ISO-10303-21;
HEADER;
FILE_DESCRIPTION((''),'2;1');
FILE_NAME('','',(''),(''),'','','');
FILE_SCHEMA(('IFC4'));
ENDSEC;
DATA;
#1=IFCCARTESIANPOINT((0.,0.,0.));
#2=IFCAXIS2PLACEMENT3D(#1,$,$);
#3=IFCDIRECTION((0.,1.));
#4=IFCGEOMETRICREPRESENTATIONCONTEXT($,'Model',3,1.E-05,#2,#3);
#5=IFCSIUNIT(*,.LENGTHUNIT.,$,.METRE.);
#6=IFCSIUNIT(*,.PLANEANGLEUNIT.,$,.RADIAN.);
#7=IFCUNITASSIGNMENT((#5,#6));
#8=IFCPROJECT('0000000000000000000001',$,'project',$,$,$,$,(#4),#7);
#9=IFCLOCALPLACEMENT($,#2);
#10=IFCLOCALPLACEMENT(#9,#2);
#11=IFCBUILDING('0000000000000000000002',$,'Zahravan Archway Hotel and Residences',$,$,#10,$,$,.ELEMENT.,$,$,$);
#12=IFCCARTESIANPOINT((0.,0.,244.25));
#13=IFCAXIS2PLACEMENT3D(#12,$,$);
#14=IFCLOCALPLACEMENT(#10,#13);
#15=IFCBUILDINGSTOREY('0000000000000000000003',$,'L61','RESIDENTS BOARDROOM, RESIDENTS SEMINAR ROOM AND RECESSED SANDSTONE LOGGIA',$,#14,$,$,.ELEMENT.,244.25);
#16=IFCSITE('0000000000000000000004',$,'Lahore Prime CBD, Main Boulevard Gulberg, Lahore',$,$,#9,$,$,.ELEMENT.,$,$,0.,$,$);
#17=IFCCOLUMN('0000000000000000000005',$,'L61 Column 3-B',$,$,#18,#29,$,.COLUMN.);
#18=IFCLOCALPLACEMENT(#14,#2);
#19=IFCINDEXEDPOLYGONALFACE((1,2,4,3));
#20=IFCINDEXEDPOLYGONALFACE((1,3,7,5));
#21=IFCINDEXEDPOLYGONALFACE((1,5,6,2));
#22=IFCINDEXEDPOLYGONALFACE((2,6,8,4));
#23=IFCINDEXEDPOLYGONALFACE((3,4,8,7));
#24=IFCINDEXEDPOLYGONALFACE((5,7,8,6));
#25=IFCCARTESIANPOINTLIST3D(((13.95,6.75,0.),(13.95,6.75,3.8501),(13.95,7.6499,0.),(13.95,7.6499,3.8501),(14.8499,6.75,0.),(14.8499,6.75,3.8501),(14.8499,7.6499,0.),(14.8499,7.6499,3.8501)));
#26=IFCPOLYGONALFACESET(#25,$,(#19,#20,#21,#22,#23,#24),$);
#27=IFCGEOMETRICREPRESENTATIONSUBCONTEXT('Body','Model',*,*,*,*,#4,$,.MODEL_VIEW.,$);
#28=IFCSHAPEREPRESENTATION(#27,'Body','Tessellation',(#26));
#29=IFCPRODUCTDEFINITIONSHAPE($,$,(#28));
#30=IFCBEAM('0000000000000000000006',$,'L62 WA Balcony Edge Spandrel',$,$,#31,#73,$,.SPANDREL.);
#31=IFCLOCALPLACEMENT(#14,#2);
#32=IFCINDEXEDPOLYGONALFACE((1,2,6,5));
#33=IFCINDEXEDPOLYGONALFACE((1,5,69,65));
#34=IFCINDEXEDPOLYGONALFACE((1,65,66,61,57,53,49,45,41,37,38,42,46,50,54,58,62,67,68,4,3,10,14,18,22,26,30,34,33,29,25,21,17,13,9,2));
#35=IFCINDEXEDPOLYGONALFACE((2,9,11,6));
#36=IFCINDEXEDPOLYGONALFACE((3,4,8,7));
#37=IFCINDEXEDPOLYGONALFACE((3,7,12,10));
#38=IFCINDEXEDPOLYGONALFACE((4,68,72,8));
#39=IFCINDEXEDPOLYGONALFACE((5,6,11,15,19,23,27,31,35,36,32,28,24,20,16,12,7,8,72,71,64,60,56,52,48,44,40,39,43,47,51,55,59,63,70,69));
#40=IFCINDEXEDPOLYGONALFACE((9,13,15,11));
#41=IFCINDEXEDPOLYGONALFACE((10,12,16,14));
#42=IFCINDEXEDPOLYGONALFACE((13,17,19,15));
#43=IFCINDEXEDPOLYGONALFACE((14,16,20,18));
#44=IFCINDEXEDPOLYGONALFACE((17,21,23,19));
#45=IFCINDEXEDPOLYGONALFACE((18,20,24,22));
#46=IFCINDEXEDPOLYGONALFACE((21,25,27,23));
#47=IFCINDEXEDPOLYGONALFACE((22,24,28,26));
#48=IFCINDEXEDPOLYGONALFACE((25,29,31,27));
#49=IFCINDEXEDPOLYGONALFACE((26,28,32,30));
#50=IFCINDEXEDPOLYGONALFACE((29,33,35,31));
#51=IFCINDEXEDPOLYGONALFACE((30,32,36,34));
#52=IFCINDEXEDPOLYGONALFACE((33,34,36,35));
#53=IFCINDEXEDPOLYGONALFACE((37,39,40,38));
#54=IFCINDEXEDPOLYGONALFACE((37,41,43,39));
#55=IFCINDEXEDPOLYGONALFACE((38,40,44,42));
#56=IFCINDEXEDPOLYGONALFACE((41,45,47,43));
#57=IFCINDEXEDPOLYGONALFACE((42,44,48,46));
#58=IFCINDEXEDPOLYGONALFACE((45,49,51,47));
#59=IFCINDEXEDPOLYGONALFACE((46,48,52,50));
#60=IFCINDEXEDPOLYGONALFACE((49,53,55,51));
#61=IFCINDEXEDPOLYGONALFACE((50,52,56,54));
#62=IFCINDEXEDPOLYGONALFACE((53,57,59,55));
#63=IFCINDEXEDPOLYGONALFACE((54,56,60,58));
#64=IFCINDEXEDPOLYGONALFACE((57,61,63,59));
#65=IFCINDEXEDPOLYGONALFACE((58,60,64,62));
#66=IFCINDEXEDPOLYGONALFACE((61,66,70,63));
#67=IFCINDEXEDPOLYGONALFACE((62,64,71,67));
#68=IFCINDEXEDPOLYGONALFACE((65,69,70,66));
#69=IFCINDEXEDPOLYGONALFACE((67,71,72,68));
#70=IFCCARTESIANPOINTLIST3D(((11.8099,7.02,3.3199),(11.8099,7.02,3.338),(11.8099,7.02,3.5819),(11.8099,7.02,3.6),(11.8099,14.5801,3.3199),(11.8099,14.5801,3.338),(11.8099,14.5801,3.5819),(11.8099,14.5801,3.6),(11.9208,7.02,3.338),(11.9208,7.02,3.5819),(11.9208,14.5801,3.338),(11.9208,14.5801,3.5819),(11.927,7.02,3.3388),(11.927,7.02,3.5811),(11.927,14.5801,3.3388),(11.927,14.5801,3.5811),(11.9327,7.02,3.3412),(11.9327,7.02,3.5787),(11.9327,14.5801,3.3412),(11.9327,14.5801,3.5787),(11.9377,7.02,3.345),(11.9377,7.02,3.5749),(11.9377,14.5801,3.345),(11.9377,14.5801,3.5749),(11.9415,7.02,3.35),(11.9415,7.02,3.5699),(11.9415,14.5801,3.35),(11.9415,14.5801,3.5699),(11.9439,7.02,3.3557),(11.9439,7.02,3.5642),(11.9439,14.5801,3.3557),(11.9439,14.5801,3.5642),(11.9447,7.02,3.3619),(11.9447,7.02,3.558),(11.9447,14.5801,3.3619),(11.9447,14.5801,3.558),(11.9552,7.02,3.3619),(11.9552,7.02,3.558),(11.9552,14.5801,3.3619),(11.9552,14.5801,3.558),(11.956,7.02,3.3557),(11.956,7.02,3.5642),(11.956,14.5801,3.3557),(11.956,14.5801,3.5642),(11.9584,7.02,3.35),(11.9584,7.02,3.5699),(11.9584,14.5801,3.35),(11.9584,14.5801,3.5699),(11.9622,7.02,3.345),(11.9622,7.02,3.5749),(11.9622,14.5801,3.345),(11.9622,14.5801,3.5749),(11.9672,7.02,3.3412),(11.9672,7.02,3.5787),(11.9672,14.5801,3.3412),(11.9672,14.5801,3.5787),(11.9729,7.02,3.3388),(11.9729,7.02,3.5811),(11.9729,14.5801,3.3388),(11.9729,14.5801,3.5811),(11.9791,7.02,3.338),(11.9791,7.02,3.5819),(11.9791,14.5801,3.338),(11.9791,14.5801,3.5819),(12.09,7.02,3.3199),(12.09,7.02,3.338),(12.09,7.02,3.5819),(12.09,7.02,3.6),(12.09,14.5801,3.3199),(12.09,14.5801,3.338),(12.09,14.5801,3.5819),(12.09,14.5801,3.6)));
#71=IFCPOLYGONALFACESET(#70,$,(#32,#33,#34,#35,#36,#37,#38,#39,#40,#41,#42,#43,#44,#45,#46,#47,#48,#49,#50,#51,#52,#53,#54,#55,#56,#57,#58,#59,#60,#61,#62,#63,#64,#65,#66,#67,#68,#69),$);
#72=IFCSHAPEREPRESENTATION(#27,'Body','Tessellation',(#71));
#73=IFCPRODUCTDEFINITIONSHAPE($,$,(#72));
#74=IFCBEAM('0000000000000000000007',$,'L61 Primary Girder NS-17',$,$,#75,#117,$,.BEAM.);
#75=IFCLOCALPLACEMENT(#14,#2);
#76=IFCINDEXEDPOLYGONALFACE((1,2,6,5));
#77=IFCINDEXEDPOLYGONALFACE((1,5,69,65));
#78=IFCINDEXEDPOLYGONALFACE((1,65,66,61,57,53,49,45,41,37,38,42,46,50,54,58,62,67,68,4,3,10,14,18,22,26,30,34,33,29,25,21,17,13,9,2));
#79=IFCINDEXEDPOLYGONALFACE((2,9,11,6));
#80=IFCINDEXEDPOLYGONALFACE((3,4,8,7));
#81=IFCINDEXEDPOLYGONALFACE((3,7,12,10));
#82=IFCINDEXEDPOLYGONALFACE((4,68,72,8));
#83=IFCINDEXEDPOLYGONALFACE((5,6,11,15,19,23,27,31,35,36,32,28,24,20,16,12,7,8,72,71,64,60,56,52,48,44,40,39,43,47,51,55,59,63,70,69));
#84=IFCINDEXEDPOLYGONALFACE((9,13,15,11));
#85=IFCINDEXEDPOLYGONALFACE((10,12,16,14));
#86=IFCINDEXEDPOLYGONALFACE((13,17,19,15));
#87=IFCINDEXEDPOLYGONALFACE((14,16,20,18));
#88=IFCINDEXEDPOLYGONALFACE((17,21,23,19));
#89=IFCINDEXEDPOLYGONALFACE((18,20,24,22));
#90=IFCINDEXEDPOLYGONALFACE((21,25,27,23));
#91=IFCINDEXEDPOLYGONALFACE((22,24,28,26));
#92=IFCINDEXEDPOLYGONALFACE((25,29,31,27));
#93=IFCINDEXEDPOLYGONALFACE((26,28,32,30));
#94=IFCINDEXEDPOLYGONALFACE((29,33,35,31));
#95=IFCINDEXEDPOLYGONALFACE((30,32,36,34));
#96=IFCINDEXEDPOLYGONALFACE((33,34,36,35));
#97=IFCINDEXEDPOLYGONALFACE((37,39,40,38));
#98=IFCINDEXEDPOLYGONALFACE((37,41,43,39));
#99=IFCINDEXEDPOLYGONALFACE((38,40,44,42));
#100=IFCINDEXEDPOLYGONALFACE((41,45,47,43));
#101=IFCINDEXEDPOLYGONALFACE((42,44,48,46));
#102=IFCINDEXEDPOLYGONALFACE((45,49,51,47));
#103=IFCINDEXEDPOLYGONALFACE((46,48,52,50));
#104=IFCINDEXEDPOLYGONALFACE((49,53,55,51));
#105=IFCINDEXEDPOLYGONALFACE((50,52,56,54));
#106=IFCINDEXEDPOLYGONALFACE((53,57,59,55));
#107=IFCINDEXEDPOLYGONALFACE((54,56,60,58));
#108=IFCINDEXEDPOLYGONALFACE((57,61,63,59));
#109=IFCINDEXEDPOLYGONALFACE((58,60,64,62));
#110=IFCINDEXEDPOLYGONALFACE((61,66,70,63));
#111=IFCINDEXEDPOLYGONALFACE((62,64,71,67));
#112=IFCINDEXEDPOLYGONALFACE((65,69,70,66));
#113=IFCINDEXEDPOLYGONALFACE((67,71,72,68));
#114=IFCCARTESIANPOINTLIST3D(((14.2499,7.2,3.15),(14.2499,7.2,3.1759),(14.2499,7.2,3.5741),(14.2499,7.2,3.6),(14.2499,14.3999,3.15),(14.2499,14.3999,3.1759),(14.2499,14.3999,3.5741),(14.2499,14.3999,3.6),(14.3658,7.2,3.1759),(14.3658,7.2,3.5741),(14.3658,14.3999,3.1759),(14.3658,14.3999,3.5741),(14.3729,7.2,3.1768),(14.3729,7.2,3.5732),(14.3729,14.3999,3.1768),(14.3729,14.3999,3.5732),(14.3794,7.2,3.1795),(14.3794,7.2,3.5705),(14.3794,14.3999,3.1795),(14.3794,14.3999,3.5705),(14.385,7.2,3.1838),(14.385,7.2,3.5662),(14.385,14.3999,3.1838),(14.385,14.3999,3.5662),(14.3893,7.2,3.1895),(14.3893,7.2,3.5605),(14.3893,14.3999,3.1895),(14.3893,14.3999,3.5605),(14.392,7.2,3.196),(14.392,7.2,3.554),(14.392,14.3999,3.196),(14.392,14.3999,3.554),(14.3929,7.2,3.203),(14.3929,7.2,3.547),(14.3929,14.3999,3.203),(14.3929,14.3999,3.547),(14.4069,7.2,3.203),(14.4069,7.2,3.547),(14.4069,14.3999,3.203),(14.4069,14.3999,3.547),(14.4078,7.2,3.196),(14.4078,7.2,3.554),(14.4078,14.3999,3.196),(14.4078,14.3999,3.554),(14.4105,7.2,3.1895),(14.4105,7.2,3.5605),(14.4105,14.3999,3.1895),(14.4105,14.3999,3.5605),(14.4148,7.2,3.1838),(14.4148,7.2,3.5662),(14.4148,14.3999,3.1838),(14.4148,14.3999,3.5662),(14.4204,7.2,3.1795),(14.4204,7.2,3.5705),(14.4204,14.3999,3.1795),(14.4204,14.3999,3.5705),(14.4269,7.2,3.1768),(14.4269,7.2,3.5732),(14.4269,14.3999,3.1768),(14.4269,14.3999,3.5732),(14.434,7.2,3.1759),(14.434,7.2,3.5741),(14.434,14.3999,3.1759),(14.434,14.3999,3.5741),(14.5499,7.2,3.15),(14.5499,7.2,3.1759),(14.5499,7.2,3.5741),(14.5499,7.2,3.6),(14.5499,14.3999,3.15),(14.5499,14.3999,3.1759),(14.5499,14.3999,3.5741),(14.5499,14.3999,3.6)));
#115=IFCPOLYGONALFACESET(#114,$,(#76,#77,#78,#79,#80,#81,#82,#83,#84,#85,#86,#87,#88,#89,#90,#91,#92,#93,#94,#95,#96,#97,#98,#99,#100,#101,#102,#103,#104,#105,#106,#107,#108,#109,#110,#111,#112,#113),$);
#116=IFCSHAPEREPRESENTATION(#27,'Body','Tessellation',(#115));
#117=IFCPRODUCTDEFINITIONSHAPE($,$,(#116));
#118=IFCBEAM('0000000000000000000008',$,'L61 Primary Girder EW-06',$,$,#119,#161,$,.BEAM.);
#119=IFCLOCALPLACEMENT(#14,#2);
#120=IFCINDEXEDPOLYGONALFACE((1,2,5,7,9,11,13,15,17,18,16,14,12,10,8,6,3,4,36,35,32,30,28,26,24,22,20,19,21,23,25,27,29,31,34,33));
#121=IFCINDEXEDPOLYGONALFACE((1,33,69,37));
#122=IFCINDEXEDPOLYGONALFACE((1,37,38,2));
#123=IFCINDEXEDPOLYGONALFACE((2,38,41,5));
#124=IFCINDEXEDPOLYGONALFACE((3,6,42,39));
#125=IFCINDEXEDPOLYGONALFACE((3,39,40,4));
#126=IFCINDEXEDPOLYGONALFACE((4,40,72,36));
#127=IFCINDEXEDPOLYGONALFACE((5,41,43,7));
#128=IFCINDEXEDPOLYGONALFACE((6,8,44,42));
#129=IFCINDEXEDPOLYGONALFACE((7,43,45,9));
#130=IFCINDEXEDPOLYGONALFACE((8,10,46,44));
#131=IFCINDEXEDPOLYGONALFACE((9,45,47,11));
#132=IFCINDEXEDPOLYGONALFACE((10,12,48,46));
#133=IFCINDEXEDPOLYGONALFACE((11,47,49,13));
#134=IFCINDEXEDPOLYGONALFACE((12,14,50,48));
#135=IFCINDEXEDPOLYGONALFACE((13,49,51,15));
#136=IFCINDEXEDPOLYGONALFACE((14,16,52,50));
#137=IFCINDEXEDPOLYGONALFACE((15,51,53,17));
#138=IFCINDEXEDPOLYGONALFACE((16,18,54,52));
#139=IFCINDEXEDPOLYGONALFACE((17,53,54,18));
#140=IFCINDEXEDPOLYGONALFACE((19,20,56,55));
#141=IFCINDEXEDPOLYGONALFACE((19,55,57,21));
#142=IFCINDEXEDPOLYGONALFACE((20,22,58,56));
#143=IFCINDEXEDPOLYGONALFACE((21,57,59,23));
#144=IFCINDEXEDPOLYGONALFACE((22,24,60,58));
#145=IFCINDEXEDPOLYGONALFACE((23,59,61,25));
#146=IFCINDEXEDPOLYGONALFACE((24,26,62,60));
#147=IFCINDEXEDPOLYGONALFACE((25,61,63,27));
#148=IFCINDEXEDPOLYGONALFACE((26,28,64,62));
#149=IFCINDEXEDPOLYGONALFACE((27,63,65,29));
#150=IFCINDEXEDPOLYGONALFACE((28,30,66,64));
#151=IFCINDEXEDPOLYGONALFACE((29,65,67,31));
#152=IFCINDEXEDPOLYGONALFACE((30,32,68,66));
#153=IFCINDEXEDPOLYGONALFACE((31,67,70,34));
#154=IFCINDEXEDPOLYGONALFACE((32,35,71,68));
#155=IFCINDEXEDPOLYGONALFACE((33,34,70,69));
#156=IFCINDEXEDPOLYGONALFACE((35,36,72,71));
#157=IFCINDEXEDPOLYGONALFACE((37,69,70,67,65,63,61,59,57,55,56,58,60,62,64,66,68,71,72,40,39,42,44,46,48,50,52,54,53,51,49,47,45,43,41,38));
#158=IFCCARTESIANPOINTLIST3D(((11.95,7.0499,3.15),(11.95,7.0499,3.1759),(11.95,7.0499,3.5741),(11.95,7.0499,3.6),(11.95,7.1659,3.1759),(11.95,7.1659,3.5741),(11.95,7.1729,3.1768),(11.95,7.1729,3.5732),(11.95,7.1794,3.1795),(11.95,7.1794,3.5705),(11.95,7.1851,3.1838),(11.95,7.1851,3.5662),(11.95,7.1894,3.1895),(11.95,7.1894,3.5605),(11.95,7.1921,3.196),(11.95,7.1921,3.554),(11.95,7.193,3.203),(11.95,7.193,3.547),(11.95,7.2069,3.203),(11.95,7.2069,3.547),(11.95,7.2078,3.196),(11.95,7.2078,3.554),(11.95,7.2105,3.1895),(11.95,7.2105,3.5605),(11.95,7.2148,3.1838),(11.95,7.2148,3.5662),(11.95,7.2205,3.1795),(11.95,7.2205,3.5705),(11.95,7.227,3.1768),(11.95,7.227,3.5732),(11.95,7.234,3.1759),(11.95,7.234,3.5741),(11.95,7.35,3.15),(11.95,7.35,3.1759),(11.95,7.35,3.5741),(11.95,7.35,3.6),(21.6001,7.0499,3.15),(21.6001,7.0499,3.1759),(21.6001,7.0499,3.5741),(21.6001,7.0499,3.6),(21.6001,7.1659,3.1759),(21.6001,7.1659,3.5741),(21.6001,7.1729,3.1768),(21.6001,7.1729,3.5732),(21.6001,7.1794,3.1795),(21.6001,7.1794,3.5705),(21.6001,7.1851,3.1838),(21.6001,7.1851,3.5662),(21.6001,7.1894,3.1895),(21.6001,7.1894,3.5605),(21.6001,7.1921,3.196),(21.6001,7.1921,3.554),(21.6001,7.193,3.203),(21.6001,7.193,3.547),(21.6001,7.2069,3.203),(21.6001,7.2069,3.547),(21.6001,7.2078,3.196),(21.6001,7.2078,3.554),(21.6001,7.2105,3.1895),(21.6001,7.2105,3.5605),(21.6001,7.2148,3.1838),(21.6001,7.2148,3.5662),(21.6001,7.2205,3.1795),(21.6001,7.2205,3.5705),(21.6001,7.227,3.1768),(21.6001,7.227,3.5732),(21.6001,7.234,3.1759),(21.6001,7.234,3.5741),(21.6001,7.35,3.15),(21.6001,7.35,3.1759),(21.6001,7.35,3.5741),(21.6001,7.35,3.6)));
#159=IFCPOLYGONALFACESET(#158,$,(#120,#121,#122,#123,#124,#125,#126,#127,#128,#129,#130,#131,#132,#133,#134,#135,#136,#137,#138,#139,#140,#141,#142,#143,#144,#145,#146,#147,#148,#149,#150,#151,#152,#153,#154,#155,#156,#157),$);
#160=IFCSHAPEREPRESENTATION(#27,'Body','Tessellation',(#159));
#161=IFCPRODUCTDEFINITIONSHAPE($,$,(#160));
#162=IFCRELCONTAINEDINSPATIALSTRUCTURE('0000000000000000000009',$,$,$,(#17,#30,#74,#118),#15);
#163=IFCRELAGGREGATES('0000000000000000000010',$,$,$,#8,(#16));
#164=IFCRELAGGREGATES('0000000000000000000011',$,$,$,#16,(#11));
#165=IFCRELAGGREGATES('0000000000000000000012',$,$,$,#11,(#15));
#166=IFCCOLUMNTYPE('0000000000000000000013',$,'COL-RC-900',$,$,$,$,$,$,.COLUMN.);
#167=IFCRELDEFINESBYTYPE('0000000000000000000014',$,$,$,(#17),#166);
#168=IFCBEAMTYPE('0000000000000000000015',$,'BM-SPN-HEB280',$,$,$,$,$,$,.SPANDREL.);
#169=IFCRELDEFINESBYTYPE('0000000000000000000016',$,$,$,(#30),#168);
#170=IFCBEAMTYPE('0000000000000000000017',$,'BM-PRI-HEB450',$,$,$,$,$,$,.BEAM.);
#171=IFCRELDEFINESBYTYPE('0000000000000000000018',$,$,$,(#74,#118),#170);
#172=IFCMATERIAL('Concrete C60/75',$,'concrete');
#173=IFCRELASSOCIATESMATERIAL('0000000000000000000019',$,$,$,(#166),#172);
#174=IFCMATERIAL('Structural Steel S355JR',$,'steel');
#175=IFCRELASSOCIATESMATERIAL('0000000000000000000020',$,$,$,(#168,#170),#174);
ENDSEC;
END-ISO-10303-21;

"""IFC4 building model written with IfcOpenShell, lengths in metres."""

from ifc_helpers import new_model, si_unit, direction, frame, origin, origin_2d, place, context, subcontext, project, spatial, rectangle, i_section, extrude, source, transform, mapped, material, material_profile, profile_set, type_object, type_shapes, element, save


model = new_model("IFC4")

# Units and contexts
model_context = context("Model", 3, precision=1e-05, world=origin(), true_north=direction((0.0, 1.0)))
body_context = subcontext(model_context, "Body", "Model", "MODEL_VIEW")
ifc_project = project(units=[si_unit("LENGTHUNIT", "METRE"), si_unit("PLANEANGLEUNIT", "RADIAN")], contexts=[model_context])

# Site, building, storey
site_placement = place(None, origin())
site = spatial("IfcSite", under=ifc_project, at=site_placement, Name="Lahore Prime CBD, Main Boulevard Gulberg, Lahore", CompositionType="ELEMENT", RefElevation=0.0)
building_placement = place(site_placement, origin())
building = spatial("IfcBuilding", under=site, at=building_placement, Name="Zahravan Archway Hotel and Residences", CompositionType="ELEMENT")
storey_placement = place(building_placement, frame((0.0, 0.0, 244.25)))
storey = spatial("IfcBuildingStorey", under=building, at=storey_placement, Name="L61", Description="RESIDENTS BOARDROOM, RESIDENTS SEMINAR ROOM AND RECESSED SANDSTONE LOGGIA", CompositionType="ELEMENT", Elevation=244.25)

# Column
ifc_material_1 = material(Name="Concrete C60/75", Category="concrete")
ifc_material_profile_1 = material_profile(ifc_material_1, rectangle(XDim=0.8999, YDim=0.8999, at=origin_2d()), Name="RC-COL-900x900", Category="concrete")
ifc_profile_set_1 = profile_set([ifc_material_profile_1], Name="Concrete C60/75")
column_type = type_object("IfcColumnType", Name="COL-RC-900", PredefinedType="COLUMN", material=ifc_profile_set_1)
shared_shape_1 = source(origin(), body_context, "Body", "SweptSolid", [
    extrude(rectangle(XDim=0.8999, YDim=0.8999, at=origin_2d()), origin(), (0.0, 0.0, 1.0), 3.8501),
])
type_shapes(column_type, [shared_shape_1])
column_placement = place(storey_placement, frame((14.3999, 7.2, 0.0), z_axis=(0.0, 0.0, 1.0), x_axis=(1.0, 0.0, 0.0)))
element("IfcColumn", 1, at=column_placement, inside=storey, type_object=column_type, Name="L61 Column 3-B", PredefinedType="COLUMN", context=body_context, shape_type="MappedRepresentation", body=[
    mapped(shared_shape_1, transform((0.0, 0.0, 0.0), scale=1.0)),
])

# Beams
ifc_material_2 = material(Name="Structural Steel S355JR", Category="steel")
ifc_material_profile_2 = material_profile(ifc_material_2, i_section(OverallWidth=0.28, OverallDepth=0.28, WebThickness=0.0105, FlangeThickness=0.0181, FilletRadius=0.0239, at=origin_2d()), Name="HEB 280", Category="steel")
ifc_profile_set_2 = profile_set([ifc_material_profile_2], Name="Structural Steel S355JR")
beam_type_1 = type_object("IfcBeamType", Name="BM-SPN-HEB280", PredefinedType="SPANDREL", material=ifc_profile_set_2)
shared_shape_2 = source(origin(), body_context, "Body", "SweptSolid", [
    extrude(i_section(OverallWidth=0.28, OverallDepth=0.28, WebThickness=0.0105, FlangeThickness=0.0181, FilletRadius=0.0239, at=origin_2d()), origin(), (0.0, 0.0, 1.0), 7.5601),
])
type_shapes(beam_type_1, [shared_shape_2])
beam_1_placement = place(storey_placement, frame((11.95, 7.02, 3.46), z_axis=(0.0, 1.0, 0.0), x_axis=(-1.0, 0.0, 0.0)))
element("IfcBeam", 2, at=beam_1_placement, inside=storey, type_object=beam_type_1, Name="L62 WA Balcony Edge Spandrel", PredefinedType="SPANDREL", context=body_context, shape_type="MappedRepresentation", body=[
    mapped(shared_shape_2, transform((0.0, 0.0, 0.0), scale=1.0)),
])
ifc_material_profile_3 = material_profile(ifc_material_2, i_section(OverallWidth=0.3, OverallDepth=0.45, WebThickness=0.0139, FlangeThickness=0.0259, FilletRadius=0.0271, at=origin_2d()), Name="HEB 450", Category="steel")
ifc_profile_set_3 = profile_set([ifc_material_profile_3], Name="Structural Steel S355JR")
beam_type_2 = type_object("IfcBeamType", Name="BM-PRI-HEB450", PredefinedType="BEAM", material=ifc_profile_set_3)
shared_shape_3 = source(origin(), body_context, "Body", "SweptSolid", [
    extrude(i_section(OverallWidth=0.3, OverallDepth=0.45, WebThickness=0.0139, FlangeThickness=0.0259, FilletRadius=0.0271, at=origin_2d()), origin(), (0.0, 0.0, 1.0), 7.2),
])
beam_2_placement = place(storey_placement, frame((14.3999, 7.2, 3.375), z_axis=(0.0, 1.0, 0.0), x_axis=(-1.0, 0.0, 0.0)))
element("IfcBeam", 3, at=beam_2_placement, inside=storey, type_object=beam_type_2, Name="L61 Primary Girder NS-17", PredefinedType="BEAM", context=body_context, shape_type="MappedRepresentation", body=[
    mapped(shared_shape_3, transform((0.0, 0.0, 0.0), scale=1.0)),
])
shared_shape_4 = source(origin(), body_context, "Body", "SweptSolid", [
    extrude(i_section(OverallWidth=0.3, OverallDepth=0.45, WebThickness=0.0139, FlangeThickness=0.0259, FilletRadius=0.0271, at=origin_2d()), origin(), (0.0, 0.0, 1.0), 9.6501),
])
beam_3_placement = place(storey_placement, frame((11.95, 7.2, 3.375), z_axis=(1.0, 0.0, 0.0), x_axis=(0.0, 1.0, 0.0)))
element("IfcBeam", 4, at=beam_3_placement, inside=storey, type_object=beam_type_2, Name="L61 Primary Girder EW-06", PredefinedType="BEAM", context=body_context, shape_type="MappedRepresentation", body=[
    mapped(shared_shape_4, transform((0.0, 0.0, 0.0), scale=1.0)),
])

save(model, "model.ifc")
